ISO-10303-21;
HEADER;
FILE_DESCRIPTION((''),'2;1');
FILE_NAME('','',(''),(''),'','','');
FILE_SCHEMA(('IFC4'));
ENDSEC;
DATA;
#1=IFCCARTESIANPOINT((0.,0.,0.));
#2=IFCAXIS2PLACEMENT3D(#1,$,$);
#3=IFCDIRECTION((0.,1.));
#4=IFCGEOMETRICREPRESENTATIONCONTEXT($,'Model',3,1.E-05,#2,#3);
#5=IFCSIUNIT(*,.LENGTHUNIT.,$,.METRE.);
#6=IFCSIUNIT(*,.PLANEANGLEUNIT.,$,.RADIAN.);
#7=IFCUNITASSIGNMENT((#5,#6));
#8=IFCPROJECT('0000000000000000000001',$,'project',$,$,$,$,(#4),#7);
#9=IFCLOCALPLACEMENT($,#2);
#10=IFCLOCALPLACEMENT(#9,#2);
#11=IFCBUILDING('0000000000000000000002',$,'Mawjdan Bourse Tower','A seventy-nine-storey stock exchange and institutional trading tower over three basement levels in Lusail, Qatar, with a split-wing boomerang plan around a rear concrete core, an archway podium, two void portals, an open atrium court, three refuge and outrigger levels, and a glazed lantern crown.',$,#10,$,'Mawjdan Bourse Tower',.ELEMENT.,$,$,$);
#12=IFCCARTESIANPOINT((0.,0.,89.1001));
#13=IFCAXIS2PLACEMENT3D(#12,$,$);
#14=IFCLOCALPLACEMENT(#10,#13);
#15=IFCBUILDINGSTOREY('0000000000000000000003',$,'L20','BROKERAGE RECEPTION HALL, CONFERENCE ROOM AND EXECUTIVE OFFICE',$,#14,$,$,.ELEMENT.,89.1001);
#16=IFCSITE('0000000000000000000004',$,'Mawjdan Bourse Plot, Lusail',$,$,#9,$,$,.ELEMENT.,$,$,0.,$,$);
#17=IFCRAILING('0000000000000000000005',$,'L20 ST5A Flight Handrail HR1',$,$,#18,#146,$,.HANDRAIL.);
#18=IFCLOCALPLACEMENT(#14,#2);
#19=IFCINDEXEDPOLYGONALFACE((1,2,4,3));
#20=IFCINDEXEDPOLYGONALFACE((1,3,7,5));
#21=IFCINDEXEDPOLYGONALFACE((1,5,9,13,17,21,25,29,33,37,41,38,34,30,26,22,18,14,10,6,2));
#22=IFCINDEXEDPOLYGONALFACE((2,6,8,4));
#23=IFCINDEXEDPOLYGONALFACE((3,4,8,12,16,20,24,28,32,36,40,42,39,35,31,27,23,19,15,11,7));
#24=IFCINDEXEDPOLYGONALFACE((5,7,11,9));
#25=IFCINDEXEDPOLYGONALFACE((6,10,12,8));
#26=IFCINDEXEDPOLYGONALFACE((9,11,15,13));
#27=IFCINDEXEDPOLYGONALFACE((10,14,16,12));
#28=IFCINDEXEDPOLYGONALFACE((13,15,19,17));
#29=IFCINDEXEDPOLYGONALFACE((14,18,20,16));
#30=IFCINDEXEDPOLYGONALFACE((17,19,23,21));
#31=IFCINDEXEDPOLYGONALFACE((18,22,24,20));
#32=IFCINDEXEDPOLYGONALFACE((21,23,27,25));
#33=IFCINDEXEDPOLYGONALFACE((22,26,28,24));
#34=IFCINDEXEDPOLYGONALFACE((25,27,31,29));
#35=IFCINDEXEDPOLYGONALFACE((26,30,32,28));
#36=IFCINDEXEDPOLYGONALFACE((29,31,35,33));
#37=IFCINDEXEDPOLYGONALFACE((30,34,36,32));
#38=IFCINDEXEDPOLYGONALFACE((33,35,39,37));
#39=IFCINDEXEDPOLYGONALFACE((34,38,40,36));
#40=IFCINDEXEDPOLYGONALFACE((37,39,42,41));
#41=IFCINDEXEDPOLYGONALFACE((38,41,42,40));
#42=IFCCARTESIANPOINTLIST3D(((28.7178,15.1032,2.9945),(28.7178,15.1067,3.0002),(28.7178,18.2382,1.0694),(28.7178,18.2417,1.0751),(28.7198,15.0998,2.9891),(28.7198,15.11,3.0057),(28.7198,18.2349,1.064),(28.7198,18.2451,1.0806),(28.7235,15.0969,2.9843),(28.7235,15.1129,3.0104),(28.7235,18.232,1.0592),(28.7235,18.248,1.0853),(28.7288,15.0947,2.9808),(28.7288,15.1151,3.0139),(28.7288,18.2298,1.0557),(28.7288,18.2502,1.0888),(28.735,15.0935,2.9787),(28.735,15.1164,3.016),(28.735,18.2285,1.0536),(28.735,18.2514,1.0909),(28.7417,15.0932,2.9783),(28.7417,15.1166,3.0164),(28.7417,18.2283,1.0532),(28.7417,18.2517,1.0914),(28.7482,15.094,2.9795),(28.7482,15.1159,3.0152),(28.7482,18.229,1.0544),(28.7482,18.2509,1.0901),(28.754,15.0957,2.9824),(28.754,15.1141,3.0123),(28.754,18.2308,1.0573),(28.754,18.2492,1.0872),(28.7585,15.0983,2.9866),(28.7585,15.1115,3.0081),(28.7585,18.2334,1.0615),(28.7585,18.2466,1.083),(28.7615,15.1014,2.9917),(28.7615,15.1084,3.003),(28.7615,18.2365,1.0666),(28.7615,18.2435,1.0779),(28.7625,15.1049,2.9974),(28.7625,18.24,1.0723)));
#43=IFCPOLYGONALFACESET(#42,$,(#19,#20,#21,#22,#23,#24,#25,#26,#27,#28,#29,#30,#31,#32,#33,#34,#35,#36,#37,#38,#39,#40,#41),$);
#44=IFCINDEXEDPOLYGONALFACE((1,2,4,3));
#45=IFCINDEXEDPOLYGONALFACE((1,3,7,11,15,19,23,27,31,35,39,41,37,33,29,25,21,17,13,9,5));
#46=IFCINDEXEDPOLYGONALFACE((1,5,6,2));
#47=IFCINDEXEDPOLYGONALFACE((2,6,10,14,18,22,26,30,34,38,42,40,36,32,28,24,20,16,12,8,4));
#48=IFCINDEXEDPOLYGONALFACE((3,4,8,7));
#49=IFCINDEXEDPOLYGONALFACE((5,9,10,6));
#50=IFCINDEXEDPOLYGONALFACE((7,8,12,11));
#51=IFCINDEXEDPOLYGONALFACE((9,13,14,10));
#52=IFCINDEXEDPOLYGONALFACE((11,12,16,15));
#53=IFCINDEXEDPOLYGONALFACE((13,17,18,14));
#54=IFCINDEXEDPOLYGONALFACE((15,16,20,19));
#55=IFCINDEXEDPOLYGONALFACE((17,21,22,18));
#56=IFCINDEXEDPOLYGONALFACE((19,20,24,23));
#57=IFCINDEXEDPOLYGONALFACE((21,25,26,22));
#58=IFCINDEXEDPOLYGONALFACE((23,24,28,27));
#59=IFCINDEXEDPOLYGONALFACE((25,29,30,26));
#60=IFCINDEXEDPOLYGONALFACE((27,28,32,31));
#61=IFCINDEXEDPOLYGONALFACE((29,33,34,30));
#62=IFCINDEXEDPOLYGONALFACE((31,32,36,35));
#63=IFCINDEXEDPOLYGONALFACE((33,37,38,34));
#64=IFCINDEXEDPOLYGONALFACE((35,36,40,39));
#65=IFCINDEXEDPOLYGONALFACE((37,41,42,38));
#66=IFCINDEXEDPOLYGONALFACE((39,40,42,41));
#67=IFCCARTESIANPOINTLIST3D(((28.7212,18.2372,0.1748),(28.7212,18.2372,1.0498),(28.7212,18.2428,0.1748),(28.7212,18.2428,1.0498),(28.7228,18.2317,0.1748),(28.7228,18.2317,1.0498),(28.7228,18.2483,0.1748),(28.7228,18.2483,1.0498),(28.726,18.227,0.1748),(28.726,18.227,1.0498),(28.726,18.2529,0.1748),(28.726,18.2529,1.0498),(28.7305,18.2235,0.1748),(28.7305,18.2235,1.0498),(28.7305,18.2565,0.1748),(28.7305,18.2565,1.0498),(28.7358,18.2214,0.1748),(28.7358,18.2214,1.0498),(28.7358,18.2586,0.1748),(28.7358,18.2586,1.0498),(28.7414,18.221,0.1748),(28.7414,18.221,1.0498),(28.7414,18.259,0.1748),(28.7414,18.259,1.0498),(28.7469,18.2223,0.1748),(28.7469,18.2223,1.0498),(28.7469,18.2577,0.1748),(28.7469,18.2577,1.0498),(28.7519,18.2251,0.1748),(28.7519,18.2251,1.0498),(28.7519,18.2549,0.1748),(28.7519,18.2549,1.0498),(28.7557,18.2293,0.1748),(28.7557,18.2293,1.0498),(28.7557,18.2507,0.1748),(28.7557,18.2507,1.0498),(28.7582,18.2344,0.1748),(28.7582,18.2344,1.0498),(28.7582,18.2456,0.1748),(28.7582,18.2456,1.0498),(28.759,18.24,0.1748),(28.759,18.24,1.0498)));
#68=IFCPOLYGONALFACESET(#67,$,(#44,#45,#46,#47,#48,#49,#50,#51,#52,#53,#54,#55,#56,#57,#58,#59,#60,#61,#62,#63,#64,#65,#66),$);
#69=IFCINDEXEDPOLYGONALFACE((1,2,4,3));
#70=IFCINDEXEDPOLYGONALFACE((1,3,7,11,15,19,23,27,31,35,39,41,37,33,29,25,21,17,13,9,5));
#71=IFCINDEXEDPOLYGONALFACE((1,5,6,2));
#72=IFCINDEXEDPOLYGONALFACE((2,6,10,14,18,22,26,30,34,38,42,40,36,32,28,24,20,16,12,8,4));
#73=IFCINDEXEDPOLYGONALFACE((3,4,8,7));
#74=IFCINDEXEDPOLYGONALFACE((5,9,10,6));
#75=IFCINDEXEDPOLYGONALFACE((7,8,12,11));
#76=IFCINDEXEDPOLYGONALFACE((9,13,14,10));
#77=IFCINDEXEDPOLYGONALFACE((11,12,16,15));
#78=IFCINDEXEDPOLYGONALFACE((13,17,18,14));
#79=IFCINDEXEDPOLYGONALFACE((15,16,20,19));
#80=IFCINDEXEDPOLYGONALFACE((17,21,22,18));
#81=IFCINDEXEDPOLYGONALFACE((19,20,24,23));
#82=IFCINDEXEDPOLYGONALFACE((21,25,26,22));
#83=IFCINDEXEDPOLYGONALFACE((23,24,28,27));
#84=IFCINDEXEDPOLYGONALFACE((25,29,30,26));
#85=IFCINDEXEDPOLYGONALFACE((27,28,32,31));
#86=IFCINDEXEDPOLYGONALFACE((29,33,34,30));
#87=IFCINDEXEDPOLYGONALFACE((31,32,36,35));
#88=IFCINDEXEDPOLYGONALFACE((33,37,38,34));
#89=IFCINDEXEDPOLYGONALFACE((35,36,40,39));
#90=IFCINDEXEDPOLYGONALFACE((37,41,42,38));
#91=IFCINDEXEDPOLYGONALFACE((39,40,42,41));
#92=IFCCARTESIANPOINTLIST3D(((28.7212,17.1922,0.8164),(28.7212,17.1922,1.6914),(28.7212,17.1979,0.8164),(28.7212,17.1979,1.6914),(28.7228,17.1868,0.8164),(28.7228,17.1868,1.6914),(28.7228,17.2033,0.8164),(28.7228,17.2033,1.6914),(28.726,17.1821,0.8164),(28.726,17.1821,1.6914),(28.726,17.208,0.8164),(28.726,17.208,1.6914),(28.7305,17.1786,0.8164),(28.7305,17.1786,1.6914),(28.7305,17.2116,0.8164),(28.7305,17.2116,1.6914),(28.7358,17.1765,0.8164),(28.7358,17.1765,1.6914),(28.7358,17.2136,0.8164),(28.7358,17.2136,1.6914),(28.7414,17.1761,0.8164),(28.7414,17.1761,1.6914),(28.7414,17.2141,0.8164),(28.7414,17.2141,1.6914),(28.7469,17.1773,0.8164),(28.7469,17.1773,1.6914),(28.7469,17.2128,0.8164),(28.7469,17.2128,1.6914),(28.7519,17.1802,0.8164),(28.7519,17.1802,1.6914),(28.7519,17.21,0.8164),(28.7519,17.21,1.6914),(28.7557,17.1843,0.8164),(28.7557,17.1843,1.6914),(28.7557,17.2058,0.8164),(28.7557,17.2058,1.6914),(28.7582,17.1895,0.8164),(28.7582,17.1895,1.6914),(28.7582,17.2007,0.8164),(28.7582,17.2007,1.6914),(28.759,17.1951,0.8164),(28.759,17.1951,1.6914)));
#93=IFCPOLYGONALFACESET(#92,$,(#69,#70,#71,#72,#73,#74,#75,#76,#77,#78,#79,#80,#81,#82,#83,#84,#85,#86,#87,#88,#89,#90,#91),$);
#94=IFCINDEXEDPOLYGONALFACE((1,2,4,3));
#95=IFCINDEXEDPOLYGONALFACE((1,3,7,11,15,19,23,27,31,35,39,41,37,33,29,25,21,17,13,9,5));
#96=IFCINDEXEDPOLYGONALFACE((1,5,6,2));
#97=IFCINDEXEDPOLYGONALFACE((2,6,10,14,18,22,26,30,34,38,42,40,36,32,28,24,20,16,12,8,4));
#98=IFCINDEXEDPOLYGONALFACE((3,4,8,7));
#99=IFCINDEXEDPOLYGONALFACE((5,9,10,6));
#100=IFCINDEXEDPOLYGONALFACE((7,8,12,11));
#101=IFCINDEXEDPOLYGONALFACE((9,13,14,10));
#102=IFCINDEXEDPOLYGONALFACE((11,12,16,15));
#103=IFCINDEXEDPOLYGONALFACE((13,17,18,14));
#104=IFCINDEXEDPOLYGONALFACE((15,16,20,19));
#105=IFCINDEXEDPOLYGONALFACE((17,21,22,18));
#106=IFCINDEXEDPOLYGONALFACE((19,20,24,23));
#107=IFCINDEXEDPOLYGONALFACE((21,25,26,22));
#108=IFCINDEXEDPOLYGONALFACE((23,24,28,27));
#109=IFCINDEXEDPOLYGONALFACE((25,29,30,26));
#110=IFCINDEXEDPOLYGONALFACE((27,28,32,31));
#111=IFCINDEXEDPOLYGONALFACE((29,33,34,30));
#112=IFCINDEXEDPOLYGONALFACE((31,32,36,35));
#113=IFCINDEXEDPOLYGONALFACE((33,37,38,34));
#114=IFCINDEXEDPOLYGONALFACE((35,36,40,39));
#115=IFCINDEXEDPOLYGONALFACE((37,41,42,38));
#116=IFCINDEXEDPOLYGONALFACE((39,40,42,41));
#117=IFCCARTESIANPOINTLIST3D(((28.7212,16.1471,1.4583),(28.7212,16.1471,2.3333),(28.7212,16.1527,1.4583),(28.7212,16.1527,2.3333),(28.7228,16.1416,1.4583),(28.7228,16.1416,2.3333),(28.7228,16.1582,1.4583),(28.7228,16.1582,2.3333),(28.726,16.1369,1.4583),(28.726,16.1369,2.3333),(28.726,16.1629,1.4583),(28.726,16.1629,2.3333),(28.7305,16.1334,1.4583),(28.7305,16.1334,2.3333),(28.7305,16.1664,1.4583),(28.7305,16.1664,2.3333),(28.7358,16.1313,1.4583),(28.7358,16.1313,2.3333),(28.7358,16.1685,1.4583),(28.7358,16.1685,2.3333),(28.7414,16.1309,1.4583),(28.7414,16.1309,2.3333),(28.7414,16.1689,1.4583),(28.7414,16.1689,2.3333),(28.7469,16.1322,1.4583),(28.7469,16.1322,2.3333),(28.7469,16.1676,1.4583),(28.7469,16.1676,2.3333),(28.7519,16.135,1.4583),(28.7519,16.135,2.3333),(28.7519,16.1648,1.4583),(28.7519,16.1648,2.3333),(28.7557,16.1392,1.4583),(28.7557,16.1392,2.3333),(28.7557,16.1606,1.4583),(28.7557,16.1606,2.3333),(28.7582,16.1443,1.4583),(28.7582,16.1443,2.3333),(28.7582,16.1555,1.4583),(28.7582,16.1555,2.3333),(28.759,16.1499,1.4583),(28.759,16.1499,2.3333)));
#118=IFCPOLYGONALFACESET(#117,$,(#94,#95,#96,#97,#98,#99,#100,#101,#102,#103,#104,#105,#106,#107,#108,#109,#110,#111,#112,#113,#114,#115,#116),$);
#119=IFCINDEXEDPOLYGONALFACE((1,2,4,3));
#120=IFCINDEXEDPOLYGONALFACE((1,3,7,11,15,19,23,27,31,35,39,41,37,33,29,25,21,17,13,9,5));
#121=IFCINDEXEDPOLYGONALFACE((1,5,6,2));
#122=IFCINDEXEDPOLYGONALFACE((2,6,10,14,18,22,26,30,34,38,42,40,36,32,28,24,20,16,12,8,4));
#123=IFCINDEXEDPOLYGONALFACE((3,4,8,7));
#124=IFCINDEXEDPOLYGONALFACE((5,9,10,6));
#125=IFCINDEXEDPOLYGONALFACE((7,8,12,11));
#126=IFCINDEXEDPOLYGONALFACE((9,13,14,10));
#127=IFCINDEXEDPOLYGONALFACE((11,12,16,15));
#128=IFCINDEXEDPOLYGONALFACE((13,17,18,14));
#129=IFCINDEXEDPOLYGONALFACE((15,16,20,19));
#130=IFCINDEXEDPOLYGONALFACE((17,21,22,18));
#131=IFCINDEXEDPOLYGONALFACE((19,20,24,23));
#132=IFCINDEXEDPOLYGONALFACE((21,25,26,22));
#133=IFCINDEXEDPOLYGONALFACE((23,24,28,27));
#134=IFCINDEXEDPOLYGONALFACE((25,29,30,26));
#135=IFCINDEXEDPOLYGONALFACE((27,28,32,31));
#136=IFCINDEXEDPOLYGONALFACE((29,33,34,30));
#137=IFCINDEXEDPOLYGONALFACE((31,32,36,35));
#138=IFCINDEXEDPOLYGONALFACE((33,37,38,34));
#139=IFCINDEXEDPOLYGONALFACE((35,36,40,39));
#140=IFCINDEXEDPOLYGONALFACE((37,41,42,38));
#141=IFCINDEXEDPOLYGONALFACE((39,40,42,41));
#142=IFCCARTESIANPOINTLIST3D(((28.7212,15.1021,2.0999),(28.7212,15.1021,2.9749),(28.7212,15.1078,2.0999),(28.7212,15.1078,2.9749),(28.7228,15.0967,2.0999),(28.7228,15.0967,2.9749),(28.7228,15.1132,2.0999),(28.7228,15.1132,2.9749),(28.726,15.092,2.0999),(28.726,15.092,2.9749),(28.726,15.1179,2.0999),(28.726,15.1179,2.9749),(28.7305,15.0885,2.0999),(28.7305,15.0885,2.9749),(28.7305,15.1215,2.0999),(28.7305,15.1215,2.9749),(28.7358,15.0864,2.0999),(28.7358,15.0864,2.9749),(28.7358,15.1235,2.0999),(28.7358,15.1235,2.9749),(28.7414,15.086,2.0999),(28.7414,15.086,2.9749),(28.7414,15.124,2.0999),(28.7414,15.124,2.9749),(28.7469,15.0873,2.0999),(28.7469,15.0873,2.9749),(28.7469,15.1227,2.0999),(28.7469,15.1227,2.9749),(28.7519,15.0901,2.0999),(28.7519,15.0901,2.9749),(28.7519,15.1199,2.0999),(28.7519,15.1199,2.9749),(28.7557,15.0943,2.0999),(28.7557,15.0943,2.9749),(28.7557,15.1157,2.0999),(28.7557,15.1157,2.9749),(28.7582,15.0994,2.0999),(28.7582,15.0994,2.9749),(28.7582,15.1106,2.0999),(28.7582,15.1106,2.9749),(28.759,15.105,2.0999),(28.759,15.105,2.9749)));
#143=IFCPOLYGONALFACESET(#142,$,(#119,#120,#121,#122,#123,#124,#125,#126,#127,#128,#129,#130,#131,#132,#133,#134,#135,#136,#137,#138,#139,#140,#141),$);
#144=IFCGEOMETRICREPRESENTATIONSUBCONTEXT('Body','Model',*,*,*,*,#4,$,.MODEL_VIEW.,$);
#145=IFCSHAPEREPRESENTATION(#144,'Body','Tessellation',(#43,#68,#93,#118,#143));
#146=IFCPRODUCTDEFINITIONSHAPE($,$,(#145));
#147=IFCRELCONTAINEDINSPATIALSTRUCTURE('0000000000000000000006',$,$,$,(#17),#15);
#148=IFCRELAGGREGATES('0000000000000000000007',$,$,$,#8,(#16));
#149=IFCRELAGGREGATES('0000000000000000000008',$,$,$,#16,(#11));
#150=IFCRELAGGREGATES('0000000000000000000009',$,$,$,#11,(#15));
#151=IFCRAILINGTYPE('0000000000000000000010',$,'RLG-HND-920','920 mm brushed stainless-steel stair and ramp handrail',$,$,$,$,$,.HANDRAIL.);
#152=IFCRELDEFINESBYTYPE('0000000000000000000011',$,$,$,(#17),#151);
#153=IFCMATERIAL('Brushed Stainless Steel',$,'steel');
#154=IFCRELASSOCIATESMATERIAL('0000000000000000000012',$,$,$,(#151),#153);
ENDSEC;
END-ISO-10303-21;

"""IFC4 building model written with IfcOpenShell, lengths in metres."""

from ifc_helpers import new_model, si_unit, direction, frame, origin, origin_2d, place, context, subcontext, project, spatial, circle, extrude, material, type_object, element, save


model = new_model("IFC4")

# Units and contexts
model_context = context("Model", 3, precision=1e-05, world=origin(), true_north=direction((0.0, 1.0)))
body_context = subcontext(model_context, "Body", "Model", "MODEL_VIEW")
ifc_project = project(units=[si_unit("LENGTHUNIT", "METRE"), si_unit("PLANEANGLEUNIT", "RADIAN")], contexts=[model_context])

# Site, building, storey
site_placement = place(None, origin())
site = spatial("IfcSite", under=ifc_project, at=site_placement, Name="Mawjdan Bourse Plot, Lusail", CompositionType="ELEMENT", RefElevation=0.0)
building_placement = place(site_placement, origin())
building = spatial("IfcBuilding", under=site, at=building_placement, Name="Mawjdan Bourse Tower", Description="A seventy-nine-storey stock exchange and institutional trading tower over three basement levels in Lusail, Qatar, with a split-wing boomerang plan around a rear concrete core, an archway podium, two void portals, an open atrium court, three refuge and outrigger levels, and a glazed lantern crown.", LongName="Mawjdan Bourse Tower", CompositionType="ELEMENT")
storey_placement = place(building_placement, frame((0.0, 0.0, 89.1001)))
storey = spatial("IfcBuildingStorey", under=building, at=storey_placement, Name="L20", Description="BROKERAGE RECEPTION HALL, CONFERENCE ROOM AND EXECUTIVE OFFICE", CompositionType="ELEMENT", Elevation=89.1001)

# Railing
ifc_material_1 = material(Name="Brushed Stainless Steel", Category="steel")
railing_type_1 = type_object("IfcRailingType", Name="RLG-HND-920", Description="920 mm brushed stainless-steel stair and ramp handrail", PredefinedType="HANDRAIL", material=ifc_material_1)
railing_1_placement = place(storey_placement, frame((28.74, 18.24, 0.1748)))
element("IfcRailing", 1, at=railing_1_placement, inside=storey, type_object=railing_type_1, Name="L20 ST5A Flight Handrail HR1", PredefinedType="HANDRAIL", context=body_context, shape_type="SweptSolid", body=[
    extrude(circle(Radius=0.0225, at=origin_2d()), frame((0.0, 0.0, 0.8975), z_axis=(0.0, -0.852166, 0.523271), x_axis=(1.0, 0.0, 0.0)), (0.0, 0.0, 1.0), 3.679),
    extrude(circle(Radius=0.019, at=origin_2d()), origin(), (0.0, 0.0, 1.0), 0.875),
    extrude(circle(Radius=0.019, at=origin_2d()), frame((0.0, -1.0449, 0.6416)), (0.0, 0.0, 1.0), 0.875),
    extrude(circle(Radius=0.019, at=origin_2d()), frame((0.0, -2.0901, 1.2834)), (0.0, 0.0, 1.0), 0.875),
    extrude(circle(Radius=0.019, at=origin_2d()), frame((0.0, -3.135, 1.925)), (0.0, 0.0, 1.0), 0.875),
])

save(model, "model.ifc")
